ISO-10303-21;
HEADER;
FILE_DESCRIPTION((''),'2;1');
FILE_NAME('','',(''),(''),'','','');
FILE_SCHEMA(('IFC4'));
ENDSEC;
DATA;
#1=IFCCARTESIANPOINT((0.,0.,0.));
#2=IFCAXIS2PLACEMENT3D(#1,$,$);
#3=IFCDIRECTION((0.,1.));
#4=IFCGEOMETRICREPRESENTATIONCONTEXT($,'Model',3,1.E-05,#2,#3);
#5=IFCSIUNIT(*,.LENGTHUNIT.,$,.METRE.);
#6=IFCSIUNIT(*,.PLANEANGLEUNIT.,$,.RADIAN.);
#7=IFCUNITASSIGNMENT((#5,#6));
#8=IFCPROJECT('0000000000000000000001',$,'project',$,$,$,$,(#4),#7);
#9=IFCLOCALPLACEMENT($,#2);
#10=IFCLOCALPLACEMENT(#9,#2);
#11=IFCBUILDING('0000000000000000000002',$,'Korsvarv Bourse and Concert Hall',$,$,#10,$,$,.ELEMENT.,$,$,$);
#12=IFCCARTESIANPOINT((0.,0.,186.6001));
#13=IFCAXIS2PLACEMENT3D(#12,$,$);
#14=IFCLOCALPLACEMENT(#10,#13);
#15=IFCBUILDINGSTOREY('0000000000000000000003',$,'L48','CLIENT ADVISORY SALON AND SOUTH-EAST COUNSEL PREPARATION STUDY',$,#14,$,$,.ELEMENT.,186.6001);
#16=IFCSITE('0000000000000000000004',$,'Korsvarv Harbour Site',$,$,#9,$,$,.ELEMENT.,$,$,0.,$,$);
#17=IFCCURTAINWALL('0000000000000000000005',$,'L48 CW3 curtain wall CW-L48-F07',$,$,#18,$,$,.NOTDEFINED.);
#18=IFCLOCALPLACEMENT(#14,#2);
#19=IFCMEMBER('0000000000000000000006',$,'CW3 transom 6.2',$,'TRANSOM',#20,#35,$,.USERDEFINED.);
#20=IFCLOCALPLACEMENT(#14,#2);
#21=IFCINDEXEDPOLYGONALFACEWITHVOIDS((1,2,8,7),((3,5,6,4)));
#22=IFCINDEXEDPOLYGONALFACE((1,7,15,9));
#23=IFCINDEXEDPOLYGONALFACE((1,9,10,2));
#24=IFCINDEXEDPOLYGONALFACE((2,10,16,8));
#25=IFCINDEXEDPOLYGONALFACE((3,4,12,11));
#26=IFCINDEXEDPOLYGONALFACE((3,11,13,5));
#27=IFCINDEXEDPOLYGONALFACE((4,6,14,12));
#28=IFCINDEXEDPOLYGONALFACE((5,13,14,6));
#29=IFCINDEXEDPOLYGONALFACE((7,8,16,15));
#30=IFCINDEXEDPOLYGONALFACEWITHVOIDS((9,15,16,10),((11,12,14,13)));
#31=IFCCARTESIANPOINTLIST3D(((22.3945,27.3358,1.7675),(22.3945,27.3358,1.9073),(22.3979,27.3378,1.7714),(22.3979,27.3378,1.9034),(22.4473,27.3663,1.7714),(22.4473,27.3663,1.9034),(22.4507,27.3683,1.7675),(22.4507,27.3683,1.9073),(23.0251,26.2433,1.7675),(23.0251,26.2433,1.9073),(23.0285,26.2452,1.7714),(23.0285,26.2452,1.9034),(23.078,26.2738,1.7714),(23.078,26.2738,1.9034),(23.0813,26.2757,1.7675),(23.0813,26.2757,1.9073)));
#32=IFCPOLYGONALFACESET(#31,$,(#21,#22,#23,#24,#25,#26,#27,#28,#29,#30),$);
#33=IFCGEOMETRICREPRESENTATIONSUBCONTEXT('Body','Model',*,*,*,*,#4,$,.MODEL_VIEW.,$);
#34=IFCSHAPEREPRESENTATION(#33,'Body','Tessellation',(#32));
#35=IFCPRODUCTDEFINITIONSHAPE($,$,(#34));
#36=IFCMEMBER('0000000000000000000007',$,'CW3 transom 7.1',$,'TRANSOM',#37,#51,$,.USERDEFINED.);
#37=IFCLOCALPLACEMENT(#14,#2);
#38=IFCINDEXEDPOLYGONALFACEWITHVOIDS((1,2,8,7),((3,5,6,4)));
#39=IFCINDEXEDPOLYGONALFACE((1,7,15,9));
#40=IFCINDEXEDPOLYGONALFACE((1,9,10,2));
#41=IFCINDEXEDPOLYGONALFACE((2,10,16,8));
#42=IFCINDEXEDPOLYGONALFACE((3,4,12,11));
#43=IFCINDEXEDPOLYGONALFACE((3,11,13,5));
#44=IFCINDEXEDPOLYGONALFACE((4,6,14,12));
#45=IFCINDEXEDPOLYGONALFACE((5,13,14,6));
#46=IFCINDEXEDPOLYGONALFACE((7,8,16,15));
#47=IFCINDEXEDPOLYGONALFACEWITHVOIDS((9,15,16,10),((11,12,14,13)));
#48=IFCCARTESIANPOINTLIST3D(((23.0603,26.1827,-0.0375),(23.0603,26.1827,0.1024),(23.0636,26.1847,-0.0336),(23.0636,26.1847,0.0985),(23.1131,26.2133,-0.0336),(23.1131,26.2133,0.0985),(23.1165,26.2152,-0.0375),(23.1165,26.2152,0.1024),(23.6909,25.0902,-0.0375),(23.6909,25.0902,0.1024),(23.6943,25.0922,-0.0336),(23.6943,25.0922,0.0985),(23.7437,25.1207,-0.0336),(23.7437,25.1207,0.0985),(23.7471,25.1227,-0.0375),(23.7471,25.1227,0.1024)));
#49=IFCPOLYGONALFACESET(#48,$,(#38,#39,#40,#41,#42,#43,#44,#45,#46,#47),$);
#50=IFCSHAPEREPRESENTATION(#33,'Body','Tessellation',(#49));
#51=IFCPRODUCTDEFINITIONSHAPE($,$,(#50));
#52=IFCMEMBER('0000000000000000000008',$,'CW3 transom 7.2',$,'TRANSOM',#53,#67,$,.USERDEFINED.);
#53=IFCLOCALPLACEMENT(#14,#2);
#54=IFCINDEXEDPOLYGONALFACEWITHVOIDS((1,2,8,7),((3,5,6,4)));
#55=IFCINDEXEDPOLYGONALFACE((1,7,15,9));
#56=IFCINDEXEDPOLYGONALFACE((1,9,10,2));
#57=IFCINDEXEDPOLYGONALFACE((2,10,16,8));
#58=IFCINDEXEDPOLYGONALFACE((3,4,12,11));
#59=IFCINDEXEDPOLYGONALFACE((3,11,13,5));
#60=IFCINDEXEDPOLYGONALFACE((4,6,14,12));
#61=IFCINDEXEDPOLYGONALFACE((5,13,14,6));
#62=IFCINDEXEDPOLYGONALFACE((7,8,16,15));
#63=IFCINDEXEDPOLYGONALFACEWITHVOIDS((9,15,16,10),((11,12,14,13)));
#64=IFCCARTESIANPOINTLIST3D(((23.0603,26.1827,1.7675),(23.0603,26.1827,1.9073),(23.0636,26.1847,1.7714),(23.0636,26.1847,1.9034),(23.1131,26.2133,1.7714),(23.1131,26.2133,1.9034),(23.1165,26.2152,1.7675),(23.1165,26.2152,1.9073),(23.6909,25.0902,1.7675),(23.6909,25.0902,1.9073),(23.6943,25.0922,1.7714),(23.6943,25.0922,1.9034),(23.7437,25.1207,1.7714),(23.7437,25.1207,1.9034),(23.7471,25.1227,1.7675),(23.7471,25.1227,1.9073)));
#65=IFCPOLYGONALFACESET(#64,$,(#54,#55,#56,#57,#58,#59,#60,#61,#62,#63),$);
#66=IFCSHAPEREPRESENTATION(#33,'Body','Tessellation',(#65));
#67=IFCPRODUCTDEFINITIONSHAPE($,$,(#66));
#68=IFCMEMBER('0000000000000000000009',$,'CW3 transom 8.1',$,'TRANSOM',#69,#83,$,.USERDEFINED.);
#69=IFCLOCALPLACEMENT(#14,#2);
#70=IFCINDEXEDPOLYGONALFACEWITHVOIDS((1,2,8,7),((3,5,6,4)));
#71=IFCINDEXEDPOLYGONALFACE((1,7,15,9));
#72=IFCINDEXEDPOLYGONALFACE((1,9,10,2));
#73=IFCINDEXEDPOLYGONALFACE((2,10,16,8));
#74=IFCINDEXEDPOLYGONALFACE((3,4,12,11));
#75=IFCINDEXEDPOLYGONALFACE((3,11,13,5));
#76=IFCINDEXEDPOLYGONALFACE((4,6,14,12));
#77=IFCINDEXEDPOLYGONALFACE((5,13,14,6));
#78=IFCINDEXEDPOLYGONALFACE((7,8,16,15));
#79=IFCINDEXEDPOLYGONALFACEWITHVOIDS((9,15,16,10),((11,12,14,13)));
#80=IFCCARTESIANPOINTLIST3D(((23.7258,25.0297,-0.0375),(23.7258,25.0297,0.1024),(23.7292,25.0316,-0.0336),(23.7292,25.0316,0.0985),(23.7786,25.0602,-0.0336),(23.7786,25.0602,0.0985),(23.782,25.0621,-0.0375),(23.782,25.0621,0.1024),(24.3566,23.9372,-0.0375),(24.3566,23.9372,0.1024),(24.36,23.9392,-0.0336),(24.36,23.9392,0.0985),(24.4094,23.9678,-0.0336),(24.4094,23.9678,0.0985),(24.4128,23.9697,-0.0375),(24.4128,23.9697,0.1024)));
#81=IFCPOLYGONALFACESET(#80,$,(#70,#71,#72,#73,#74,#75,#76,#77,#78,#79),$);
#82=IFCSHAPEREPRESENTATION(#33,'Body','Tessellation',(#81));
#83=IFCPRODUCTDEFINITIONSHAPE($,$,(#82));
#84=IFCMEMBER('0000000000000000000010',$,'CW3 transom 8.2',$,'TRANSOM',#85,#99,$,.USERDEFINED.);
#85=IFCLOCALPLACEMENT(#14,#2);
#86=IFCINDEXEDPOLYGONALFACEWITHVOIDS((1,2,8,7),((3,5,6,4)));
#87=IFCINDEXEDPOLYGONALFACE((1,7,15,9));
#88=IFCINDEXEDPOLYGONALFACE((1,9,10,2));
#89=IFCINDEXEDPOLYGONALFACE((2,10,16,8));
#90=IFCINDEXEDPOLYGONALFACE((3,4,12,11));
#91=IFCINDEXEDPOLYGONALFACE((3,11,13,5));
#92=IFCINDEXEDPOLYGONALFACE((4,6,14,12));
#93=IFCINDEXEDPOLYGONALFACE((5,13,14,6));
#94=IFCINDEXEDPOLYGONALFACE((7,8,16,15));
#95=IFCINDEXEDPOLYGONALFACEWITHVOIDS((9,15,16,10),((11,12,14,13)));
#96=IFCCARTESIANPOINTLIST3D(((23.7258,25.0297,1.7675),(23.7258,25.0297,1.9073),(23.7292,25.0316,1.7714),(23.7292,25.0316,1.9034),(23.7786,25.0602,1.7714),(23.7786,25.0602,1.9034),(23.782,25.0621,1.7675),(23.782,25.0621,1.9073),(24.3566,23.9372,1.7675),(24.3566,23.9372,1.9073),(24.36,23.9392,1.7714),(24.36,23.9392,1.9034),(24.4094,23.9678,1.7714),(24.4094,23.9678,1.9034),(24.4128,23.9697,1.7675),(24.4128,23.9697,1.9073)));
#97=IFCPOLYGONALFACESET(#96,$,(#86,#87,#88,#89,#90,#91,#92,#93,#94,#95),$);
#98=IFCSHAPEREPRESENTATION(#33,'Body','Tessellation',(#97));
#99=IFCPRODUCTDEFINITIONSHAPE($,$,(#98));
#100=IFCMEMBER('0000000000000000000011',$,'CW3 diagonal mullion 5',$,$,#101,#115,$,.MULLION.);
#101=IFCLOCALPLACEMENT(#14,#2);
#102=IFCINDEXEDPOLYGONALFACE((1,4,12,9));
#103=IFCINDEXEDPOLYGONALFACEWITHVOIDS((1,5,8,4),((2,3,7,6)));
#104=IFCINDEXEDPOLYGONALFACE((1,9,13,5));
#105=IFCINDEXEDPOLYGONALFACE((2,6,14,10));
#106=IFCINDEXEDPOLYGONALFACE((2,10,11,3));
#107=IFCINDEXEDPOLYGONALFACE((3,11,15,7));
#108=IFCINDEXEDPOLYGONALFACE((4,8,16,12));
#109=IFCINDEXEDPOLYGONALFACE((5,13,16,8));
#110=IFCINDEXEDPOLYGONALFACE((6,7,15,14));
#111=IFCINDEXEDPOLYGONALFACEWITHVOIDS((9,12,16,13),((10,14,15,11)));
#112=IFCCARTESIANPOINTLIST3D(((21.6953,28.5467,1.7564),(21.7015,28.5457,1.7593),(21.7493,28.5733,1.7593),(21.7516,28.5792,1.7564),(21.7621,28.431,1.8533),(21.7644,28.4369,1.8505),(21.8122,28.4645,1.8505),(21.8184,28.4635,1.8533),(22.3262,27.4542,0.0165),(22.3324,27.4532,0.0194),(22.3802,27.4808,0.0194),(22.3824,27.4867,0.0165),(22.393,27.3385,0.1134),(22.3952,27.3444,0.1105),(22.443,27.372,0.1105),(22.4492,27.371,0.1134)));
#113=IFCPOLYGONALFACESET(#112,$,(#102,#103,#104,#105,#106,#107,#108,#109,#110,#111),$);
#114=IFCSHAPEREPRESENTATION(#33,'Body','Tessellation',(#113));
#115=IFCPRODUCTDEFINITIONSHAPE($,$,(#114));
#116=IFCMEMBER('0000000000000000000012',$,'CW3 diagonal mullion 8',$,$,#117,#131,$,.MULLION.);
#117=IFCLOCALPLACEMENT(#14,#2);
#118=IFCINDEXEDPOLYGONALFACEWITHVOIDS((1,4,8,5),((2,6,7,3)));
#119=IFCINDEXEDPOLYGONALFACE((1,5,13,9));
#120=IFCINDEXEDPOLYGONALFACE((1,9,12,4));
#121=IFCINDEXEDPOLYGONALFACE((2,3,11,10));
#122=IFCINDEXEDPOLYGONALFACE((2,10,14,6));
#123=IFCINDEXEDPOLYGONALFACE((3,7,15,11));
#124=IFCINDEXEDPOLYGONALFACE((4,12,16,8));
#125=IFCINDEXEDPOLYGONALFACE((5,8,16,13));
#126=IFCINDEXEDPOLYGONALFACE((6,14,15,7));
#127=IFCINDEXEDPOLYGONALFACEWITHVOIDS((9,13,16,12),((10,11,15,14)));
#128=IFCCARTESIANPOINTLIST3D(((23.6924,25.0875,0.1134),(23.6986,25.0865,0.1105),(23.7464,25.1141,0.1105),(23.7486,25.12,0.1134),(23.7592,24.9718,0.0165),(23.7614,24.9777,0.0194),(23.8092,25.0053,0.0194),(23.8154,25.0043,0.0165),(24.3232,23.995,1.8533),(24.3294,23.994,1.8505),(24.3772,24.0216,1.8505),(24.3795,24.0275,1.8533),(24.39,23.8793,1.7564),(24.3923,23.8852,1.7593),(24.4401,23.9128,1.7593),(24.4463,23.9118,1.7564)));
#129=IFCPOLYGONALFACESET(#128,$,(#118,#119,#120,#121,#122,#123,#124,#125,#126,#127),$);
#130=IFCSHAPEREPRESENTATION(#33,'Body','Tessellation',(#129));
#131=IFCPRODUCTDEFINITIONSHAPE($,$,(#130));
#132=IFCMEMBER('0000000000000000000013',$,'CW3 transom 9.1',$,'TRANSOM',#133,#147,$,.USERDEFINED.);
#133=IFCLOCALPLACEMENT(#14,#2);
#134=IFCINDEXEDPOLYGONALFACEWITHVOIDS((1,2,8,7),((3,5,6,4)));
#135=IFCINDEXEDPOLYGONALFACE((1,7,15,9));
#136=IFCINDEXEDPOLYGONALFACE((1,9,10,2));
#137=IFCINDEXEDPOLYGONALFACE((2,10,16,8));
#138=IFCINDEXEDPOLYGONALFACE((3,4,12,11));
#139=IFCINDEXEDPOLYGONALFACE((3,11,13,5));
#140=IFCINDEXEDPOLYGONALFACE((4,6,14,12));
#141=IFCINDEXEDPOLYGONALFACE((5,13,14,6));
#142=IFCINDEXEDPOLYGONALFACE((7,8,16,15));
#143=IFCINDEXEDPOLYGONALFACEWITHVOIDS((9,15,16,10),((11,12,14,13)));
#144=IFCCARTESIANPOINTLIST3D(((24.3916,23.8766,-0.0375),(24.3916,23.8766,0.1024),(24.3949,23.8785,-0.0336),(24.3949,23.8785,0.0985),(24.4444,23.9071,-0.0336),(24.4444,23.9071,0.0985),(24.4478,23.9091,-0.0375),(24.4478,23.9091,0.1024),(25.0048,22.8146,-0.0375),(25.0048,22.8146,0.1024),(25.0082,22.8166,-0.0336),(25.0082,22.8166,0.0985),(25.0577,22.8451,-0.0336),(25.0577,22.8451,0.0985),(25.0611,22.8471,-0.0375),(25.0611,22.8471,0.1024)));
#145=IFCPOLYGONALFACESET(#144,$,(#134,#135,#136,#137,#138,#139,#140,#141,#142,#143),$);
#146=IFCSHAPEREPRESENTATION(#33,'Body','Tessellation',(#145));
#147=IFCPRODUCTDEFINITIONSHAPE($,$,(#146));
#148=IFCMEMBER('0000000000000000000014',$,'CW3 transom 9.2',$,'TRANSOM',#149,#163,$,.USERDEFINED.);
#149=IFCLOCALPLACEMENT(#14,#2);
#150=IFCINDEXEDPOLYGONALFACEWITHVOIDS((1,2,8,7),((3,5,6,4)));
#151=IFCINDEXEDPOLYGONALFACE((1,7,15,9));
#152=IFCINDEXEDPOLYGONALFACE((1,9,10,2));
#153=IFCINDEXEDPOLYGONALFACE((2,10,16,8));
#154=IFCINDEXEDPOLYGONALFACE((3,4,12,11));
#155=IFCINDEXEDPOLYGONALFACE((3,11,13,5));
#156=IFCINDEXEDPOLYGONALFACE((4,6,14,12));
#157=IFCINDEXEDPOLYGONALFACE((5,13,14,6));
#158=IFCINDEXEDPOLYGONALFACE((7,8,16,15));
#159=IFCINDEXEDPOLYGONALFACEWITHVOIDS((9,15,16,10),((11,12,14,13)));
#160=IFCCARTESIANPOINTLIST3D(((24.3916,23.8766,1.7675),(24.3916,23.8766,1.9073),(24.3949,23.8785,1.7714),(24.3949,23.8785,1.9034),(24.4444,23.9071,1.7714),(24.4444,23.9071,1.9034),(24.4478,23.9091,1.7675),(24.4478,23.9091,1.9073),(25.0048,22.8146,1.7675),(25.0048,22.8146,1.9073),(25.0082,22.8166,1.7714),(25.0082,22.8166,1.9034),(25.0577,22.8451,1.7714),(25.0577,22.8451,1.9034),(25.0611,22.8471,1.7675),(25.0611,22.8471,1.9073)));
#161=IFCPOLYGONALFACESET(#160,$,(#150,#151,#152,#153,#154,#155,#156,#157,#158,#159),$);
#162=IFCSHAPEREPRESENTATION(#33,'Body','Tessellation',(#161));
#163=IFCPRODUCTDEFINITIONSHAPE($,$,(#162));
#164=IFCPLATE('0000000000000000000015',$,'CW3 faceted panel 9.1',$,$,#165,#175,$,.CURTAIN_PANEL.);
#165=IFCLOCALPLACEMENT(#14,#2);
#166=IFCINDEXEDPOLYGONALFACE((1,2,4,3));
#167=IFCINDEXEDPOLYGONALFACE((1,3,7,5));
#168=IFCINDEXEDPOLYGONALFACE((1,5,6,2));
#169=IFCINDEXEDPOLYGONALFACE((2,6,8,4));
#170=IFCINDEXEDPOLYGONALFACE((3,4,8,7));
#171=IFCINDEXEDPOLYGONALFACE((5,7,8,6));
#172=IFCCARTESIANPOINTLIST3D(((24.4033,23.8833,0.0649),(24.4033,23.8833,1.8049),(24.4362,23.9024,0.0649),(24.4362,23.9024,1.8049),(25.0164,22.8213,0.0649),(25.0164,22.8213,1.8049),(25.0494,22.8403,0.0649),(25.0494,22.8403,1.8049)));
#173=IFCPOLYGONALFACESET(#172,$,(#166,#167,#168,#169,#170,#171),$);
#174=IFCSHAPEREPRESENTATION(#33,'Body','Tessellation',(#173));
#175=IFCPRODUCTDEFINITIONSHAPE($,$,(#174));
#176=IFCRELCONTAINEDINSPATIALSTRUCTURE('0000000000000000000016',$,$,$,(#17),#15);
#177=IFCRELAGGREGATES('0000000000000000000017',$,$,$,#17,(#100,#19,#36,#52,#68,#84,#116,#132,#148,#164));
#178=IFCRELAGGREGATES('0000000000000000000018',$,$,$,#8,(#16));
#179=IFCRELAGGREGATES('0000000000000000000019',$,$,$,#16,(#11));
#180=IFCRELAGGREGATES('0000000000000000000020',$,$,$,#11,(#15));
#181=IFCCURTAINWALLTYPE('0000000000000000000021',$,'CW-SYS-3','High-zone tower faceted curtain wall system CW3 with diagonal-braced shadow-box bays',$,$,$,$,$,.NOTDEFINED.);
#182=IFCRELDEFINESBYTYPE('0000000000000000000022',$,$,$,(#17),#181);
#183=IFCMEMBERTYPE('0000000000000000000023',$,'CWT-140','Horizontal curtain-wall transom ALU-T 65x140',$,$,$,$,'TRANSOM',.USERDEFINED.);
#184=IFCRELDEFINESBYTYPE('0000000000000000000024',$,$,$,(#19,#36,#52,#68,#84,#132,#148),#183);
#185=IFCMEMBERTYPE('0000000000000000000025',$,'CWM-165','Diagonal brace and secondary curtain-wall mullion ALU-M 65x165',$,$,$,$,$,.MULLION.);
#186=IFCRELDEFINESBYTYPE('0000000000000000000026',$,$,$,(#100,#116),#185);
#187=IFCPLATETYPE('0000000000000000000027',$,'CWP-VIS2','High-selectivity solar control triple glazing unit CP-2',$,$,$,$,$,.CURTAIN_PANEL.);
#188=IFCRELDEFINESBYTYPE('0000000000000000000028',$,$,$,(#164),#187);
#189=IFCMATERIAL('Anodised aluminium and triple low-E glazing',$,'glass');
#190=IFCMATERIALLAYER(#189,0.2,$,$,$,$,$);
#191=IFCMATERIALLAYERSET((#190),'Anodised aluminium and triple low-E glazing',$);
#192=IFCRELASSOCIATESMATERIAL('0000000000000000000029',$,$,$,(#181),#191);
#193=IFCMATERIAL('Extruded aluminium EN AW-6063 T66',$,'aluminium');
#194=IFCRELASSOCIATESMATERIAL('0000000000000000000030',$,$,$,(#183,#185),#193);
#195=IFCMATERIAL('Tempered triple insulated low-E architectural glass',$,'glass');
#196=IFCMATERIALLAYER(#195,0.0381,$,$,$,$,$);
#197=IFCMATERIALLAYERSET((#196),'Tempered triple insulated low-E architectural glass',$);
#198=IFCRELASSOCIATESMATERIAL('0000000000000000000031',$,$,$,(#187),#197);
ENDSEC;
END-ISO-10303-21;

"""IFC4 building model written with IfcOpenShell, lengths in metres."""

from ifc_helpers import new_model, si_unit, direction, frame, origin, origin_2d, place, context, subcontext, project, spatial, rectangle, hollow_rectangle, extrude, source, transform, mapped, material, layer, layer_set, material_profile, profile_set, type_object, element, aggregate, save


model = new_model("IFC4")

# Units and contexts
model_context = context("Model", 3, precision=1e-05, world=origin(), true_north=direction((0.0, 1.0)))
body_context = subcontext(model_context, "Body", "Model", "MODEL_VIEW")
ifc_project = project(units=[si_unit("LENGTHUNIT", "METRE"), si_unit("PLANEANGLEUNIT", "RADIAN")], contexts=[model_context])

# Site, building, storey
site_placement = place(None, origin())
site = spatial("IfcSite", under=ifc_project, at=site_placement, Name="Korsvarv Harbour Site", CompositionType="ELEMENT", RefElevation=0.0)
building_placement = place(site_placement, origin())
building = spatial("IfcBuilding", under=site, at=building_placement, Name="Korsvarv Bourse and Concert Hall", CompositionType="ELEMENT")
storey_placement = place(building_placement, frame((0.0, 0.0, 186.6001)))
storey = spatial("IfcBuildingStorey", under=building, at=storey_placement, Name="L48", Description="CLIENT ADVISORY SALON AND SOUTH-EAST COUNSEL PREPARATION STUDY", CompositionType="ELEMENT", Elevation=186.6001)

# Curtain wall, members, plate
ifc_material_1 = material(Name="Anodised aluminium and triple low-E glazing", Category="glass")
ifc_layer_1 = layer(ifc_material_1, 0.2)
ifc_layer_set_1 = layer_set([ifc_layer_1], Name="Anodised aluminium and triple low-E glazing")
curtain_wall_type = type_object("IfcCurtainWallType", Name="CW-SYS-3", Description="High-zone tower faceted curtain wall system CW3 with diagonal-braced shadow-box bays", PredefinedType="NOTDEFINED", material=ifc_layer_set_1)
curtain_wall_placement = place(storey_placement, origin())
curtain_wall = element("IfcCurtainWall", 1, at=curtain_wall_placement, inside=storey, type_object=curtain_wall_type, Name="L48 CW3 curtain wall CW-L48-F07", PredefinedType="NOTDEFINED")
ifc_material_2 = material(Name="Extruded aluminium EN AW-6063 T66", Category="aluminium")
ifc_material_profile_1 = material_profile(ifc_material_2, hollow_rectangle(XDim=0.0649, YDim=0.1399, WallThickness=0.0039, at=origin_2d()), Name="ALU-T 65x140")
ifc_profile_set_1 = profile_set([ifc_material_profile_1], Name="Extruded aluminium EN AW-6063 T66")
member_type_1 = type_object("IfcMemberType", Name="CWT-140", Description="Horizontal curtain-wall transom ALU-T 65x140", ElementType="TRANSOM", PredefinedType="USERDEFINED", material=ifc_profile_set_1)
shared_shape_1 = source(origin(), body_context, "Body", "SweptSolid", [
    extrude(hollow_rectangle(XDim=0.0649, YDim=0.1399, WallThickness=0.0039, at=origin_2d()), origin(), (0.0, 0.0, 1.0), 1.2615),
])
member_1_placement = place(storey_placement, frame((22.4226, 27.3521, 1.8374), z_axis=(0.499907, -0.866079, 0.0), x_axis=(0.866079, 0.499907, 0.0)))
member_1 = element("IfcMember", 2, at=member_1_placement, type_object=member_type_1, Name="CW3 transom 6.2", ObjectType="TRANSOM", PredefinedType="USERDEFINED", context=body_context, shape_type="MappedRepresentation", body=[
    mapped(shared_shape_1, transform((0.0, 0.0, 0.0), scale=1.0)),
])
member_2_placement = place(storey_placement, frame((23.0884, 26.199, 0.0325), z_axis=(0.499907, -0.866079, 0.0), x_axis=(0.866079, 0.499907, 0.0)))
member_2 = element("IfcMember", 3, at=member_2_placement, type_object=member_type_1, Name="CW3 transom 7.1", ObjectType="TRANSOM", PredefinedType="USERDEFINED", context=body_context, shape_type="MappedRepresentation", body=[
    mapped(shared_shape_1, transform((0.0, 0.0, 0.0), scale=1.0)),
])
member_3_placement = place(storey_placement, frame((23.0884, 26.199, 1.8374), z_axis=(0.499907, -0.866079, 0.0), x_axis=(0.866079, 0.499907, 0.0)))
member_3 = element("IfcMember", 4, at=member_3_placement, type_object=member_type_1, Name="CW3 transom 7.2", ObjectType="TRANSOM", PredefinedType="USERDEFINED", context=body_context, shape_type="MappedRepresentation", body=[
    mapped(shared_shape_1, transform((0.0, 0.0, 0.0), scale=1.0)),
])
member_4_placement = place(storey_placement, frame((23.7539, 25.0459, 0.0325), z_axis=(0.500052, -0.865995, 0.0), x_axis=(0.865995, 0.500052, 0.0)))
member_4 = element("IfcMember", 5, at=member_4_placement, type_object=member_type_1, Name="CW3 transom 8.1", ObjectType="TRANSOM", PredefinedType="USERDEFINED", context=body_context, shape_type="MappedRepresentation", body=[
    mapped(shared_shape_1, transform((0.0, 0.0, 0.0), scale=1.0)),
])
member_5_placement = place(storey_placement, frame((23.7539, 25.0459, 1.8374), z_axis=(0.500052, -0.865995, 0.0), x_axis=(0.865995, 0.500052, 0.0)))
member_5 = element("IfcMember", 6, at=member_5_placement, type_object=member_type_1, Name="CW3 transom 8.2", ObjectType="TRANSOM", PredefinedType="USERDEFINED", context=body_context, shape_type="MappedRepresentation", body=[
    mapped(shared_shape_1, transform((0.0, 0.0, 0.0), scale=1.0)),
])
ifc_material_profile_2 = material_profile(ifc_material_2, hollow_rectangle(XDim=0.0649, YDim=0.165, WallThickness=0.0049, at=origin_2d()), Name="ALU-M 65x165")
ifc_profile_set_2 = profile_set([ifc_material_profile_2], Name="Extruded aluminium EN AW-6063 T66")
member_type_2 = type_object("IfcMemberType", Name="CWM-165", Description="Diagonal brace and secondary curtain-wall mullion ALU-M 65x165", PredefinedType="MULLION", material=ifc_profile_set_2)
shared_shape_2 = source(origin(), body_context, "Body", "SweptSolid", [
    extrude(hollow_rectangle(XDim=0.0649, YDim=0.165, WallThickness=0.0049, at=origin_2d()), origin(), (0.0, 0.0, 1.0), 2.1492),
])
member_6_placement = place(storey_placement, frame((22.3877, 27.4126, 0.0649), z_axis=(-0.293529, 0.508336, 0.809589), x_axis=(-0.865995, -0.500052, 0.0)))
member_6 = element("IfcMember", 7, at=member_6_placement, type_object=member_type_2, Name="CW3 diagonal mullion 5", PredefinedType="MULLION", context=body_context, shape_type="MappedRepresentation", body=[
    mapped(shared_shape_2, transform((0.0, 0.0, 0.0), scale=1.0)),
])
member_7_placement = place(storey_placement, frame((23.7539, 25.0459, 0.0649), z_axis=(0.293529, -0.508336, 0.809589), x_axis=(0.865995, 0.500052, 0.0)))
member_7 = element("IfcMember", 8, at=member_7_placement, type_object=member_type_2, Name="CW3 diagonal mullion 8", PredefinedType="MULLION", context=body_context, shape_type="MappedRepresentation", body=[
    mapped(shared_shape_2, transform((0.0, 0.0, 0.0), scale=1.0)),
])
shared_shape_3 = source(origin(), body_context, "Body", "SweptSolid", [
    extrude(hollow_rectangle(XDim=0.0649, YDim=0.1399, WallThickness=0.0039, at=origin_2d()), origin(), (0.0, 0.0, 1.0), 1.2263),
])
member_8_placement = place(storey_placement, frame((24.4197, 23.8928, 0.0325), z_axis=(0.500079, -0.86598, 0.0), x_axis=(0.86598, 0.500079, 0.0)))
member_8 = element("IfcMember", 9, at=member_8_placement, type_object=member_type_1, Name="CW3 transom 9.1", ObjectType="TRANSOM", PredefinedType="USERDEFINED", context=body_context, shape_type="MappedRepresentation", body=[
    mapped(shared_shape_3, transform((0.0, 0.0, 0.0), scale=1.0)),
])
member_9_placement = place(storey_placement, frame((24.4197, 23.8928, 1.8374), z_axis=(0.500079, -0.86598, 0.0), x_axis=(0.86598, 0.500079, 0.0)))
member_9 = element("IfcMember", 10, at=member_9_placement, type_object=member_type_1, Name="CW3 transom 9.2", ObjectType="TRANSOM", PredefinedType="USERDEFINED", context=body_context, shape_type="MappedRepresentation", body=[
    mapped(shared_shape_3, transform((0.0, 0.0, 0.0), scale=1.0)),
])
ifc_material_3 = material(Name="Tempered triple insulated low-E architectural glass", Category="glass")
ifc_layer_2 = layer(ifc_material_3, 0.0381)
ifc_layer_set_2 = layer_set([ifc_layer_2], Name="Tempered triple insulated low-E architectural glass")
plate_type_1 = type_object("IfcPlateType", Name="CWP-VIS2", Description="High-selectivity solar control triple glazing unit CP-2", PredefinedType="CURTAIN_PANEL", material=ifc_layer_set_2)
shared_shape_4 = source(origin(), body_context, "Body", "SweptSolid", [
    extrude(rectangle(XDim=1.2263, YDim=0.0381, at=origin_2d()), origin(), (0.0, 0.0, 1.0), 1.74),
])
plate_1_placement = place(storey_placement, frame((24.7263, 23.3618, 0.0649), z_axis=(0.0, 0.0, 1.0), x_axis=(0.499994, -0.866029, 0.0)))
plate_1 = element("IfcPlate", 11, at=plate_1_placement, type_object=plate_type_1, Name="CW3 faceted panel 9.1", PredefinedType="CURTAIN_PANEL", context=body_context, shape_type="MappedRepresentation", body=[
    mapped(shared_shape_4, transform((0.0, 0.0, 0.0), scale=1.0)),
])
aggregate(curtain_wall, [member_6, member_1, member_2, member_3, member_4, member_5, member_7, member_8, member_9, plate_1])

save(model, "model.ifc")
